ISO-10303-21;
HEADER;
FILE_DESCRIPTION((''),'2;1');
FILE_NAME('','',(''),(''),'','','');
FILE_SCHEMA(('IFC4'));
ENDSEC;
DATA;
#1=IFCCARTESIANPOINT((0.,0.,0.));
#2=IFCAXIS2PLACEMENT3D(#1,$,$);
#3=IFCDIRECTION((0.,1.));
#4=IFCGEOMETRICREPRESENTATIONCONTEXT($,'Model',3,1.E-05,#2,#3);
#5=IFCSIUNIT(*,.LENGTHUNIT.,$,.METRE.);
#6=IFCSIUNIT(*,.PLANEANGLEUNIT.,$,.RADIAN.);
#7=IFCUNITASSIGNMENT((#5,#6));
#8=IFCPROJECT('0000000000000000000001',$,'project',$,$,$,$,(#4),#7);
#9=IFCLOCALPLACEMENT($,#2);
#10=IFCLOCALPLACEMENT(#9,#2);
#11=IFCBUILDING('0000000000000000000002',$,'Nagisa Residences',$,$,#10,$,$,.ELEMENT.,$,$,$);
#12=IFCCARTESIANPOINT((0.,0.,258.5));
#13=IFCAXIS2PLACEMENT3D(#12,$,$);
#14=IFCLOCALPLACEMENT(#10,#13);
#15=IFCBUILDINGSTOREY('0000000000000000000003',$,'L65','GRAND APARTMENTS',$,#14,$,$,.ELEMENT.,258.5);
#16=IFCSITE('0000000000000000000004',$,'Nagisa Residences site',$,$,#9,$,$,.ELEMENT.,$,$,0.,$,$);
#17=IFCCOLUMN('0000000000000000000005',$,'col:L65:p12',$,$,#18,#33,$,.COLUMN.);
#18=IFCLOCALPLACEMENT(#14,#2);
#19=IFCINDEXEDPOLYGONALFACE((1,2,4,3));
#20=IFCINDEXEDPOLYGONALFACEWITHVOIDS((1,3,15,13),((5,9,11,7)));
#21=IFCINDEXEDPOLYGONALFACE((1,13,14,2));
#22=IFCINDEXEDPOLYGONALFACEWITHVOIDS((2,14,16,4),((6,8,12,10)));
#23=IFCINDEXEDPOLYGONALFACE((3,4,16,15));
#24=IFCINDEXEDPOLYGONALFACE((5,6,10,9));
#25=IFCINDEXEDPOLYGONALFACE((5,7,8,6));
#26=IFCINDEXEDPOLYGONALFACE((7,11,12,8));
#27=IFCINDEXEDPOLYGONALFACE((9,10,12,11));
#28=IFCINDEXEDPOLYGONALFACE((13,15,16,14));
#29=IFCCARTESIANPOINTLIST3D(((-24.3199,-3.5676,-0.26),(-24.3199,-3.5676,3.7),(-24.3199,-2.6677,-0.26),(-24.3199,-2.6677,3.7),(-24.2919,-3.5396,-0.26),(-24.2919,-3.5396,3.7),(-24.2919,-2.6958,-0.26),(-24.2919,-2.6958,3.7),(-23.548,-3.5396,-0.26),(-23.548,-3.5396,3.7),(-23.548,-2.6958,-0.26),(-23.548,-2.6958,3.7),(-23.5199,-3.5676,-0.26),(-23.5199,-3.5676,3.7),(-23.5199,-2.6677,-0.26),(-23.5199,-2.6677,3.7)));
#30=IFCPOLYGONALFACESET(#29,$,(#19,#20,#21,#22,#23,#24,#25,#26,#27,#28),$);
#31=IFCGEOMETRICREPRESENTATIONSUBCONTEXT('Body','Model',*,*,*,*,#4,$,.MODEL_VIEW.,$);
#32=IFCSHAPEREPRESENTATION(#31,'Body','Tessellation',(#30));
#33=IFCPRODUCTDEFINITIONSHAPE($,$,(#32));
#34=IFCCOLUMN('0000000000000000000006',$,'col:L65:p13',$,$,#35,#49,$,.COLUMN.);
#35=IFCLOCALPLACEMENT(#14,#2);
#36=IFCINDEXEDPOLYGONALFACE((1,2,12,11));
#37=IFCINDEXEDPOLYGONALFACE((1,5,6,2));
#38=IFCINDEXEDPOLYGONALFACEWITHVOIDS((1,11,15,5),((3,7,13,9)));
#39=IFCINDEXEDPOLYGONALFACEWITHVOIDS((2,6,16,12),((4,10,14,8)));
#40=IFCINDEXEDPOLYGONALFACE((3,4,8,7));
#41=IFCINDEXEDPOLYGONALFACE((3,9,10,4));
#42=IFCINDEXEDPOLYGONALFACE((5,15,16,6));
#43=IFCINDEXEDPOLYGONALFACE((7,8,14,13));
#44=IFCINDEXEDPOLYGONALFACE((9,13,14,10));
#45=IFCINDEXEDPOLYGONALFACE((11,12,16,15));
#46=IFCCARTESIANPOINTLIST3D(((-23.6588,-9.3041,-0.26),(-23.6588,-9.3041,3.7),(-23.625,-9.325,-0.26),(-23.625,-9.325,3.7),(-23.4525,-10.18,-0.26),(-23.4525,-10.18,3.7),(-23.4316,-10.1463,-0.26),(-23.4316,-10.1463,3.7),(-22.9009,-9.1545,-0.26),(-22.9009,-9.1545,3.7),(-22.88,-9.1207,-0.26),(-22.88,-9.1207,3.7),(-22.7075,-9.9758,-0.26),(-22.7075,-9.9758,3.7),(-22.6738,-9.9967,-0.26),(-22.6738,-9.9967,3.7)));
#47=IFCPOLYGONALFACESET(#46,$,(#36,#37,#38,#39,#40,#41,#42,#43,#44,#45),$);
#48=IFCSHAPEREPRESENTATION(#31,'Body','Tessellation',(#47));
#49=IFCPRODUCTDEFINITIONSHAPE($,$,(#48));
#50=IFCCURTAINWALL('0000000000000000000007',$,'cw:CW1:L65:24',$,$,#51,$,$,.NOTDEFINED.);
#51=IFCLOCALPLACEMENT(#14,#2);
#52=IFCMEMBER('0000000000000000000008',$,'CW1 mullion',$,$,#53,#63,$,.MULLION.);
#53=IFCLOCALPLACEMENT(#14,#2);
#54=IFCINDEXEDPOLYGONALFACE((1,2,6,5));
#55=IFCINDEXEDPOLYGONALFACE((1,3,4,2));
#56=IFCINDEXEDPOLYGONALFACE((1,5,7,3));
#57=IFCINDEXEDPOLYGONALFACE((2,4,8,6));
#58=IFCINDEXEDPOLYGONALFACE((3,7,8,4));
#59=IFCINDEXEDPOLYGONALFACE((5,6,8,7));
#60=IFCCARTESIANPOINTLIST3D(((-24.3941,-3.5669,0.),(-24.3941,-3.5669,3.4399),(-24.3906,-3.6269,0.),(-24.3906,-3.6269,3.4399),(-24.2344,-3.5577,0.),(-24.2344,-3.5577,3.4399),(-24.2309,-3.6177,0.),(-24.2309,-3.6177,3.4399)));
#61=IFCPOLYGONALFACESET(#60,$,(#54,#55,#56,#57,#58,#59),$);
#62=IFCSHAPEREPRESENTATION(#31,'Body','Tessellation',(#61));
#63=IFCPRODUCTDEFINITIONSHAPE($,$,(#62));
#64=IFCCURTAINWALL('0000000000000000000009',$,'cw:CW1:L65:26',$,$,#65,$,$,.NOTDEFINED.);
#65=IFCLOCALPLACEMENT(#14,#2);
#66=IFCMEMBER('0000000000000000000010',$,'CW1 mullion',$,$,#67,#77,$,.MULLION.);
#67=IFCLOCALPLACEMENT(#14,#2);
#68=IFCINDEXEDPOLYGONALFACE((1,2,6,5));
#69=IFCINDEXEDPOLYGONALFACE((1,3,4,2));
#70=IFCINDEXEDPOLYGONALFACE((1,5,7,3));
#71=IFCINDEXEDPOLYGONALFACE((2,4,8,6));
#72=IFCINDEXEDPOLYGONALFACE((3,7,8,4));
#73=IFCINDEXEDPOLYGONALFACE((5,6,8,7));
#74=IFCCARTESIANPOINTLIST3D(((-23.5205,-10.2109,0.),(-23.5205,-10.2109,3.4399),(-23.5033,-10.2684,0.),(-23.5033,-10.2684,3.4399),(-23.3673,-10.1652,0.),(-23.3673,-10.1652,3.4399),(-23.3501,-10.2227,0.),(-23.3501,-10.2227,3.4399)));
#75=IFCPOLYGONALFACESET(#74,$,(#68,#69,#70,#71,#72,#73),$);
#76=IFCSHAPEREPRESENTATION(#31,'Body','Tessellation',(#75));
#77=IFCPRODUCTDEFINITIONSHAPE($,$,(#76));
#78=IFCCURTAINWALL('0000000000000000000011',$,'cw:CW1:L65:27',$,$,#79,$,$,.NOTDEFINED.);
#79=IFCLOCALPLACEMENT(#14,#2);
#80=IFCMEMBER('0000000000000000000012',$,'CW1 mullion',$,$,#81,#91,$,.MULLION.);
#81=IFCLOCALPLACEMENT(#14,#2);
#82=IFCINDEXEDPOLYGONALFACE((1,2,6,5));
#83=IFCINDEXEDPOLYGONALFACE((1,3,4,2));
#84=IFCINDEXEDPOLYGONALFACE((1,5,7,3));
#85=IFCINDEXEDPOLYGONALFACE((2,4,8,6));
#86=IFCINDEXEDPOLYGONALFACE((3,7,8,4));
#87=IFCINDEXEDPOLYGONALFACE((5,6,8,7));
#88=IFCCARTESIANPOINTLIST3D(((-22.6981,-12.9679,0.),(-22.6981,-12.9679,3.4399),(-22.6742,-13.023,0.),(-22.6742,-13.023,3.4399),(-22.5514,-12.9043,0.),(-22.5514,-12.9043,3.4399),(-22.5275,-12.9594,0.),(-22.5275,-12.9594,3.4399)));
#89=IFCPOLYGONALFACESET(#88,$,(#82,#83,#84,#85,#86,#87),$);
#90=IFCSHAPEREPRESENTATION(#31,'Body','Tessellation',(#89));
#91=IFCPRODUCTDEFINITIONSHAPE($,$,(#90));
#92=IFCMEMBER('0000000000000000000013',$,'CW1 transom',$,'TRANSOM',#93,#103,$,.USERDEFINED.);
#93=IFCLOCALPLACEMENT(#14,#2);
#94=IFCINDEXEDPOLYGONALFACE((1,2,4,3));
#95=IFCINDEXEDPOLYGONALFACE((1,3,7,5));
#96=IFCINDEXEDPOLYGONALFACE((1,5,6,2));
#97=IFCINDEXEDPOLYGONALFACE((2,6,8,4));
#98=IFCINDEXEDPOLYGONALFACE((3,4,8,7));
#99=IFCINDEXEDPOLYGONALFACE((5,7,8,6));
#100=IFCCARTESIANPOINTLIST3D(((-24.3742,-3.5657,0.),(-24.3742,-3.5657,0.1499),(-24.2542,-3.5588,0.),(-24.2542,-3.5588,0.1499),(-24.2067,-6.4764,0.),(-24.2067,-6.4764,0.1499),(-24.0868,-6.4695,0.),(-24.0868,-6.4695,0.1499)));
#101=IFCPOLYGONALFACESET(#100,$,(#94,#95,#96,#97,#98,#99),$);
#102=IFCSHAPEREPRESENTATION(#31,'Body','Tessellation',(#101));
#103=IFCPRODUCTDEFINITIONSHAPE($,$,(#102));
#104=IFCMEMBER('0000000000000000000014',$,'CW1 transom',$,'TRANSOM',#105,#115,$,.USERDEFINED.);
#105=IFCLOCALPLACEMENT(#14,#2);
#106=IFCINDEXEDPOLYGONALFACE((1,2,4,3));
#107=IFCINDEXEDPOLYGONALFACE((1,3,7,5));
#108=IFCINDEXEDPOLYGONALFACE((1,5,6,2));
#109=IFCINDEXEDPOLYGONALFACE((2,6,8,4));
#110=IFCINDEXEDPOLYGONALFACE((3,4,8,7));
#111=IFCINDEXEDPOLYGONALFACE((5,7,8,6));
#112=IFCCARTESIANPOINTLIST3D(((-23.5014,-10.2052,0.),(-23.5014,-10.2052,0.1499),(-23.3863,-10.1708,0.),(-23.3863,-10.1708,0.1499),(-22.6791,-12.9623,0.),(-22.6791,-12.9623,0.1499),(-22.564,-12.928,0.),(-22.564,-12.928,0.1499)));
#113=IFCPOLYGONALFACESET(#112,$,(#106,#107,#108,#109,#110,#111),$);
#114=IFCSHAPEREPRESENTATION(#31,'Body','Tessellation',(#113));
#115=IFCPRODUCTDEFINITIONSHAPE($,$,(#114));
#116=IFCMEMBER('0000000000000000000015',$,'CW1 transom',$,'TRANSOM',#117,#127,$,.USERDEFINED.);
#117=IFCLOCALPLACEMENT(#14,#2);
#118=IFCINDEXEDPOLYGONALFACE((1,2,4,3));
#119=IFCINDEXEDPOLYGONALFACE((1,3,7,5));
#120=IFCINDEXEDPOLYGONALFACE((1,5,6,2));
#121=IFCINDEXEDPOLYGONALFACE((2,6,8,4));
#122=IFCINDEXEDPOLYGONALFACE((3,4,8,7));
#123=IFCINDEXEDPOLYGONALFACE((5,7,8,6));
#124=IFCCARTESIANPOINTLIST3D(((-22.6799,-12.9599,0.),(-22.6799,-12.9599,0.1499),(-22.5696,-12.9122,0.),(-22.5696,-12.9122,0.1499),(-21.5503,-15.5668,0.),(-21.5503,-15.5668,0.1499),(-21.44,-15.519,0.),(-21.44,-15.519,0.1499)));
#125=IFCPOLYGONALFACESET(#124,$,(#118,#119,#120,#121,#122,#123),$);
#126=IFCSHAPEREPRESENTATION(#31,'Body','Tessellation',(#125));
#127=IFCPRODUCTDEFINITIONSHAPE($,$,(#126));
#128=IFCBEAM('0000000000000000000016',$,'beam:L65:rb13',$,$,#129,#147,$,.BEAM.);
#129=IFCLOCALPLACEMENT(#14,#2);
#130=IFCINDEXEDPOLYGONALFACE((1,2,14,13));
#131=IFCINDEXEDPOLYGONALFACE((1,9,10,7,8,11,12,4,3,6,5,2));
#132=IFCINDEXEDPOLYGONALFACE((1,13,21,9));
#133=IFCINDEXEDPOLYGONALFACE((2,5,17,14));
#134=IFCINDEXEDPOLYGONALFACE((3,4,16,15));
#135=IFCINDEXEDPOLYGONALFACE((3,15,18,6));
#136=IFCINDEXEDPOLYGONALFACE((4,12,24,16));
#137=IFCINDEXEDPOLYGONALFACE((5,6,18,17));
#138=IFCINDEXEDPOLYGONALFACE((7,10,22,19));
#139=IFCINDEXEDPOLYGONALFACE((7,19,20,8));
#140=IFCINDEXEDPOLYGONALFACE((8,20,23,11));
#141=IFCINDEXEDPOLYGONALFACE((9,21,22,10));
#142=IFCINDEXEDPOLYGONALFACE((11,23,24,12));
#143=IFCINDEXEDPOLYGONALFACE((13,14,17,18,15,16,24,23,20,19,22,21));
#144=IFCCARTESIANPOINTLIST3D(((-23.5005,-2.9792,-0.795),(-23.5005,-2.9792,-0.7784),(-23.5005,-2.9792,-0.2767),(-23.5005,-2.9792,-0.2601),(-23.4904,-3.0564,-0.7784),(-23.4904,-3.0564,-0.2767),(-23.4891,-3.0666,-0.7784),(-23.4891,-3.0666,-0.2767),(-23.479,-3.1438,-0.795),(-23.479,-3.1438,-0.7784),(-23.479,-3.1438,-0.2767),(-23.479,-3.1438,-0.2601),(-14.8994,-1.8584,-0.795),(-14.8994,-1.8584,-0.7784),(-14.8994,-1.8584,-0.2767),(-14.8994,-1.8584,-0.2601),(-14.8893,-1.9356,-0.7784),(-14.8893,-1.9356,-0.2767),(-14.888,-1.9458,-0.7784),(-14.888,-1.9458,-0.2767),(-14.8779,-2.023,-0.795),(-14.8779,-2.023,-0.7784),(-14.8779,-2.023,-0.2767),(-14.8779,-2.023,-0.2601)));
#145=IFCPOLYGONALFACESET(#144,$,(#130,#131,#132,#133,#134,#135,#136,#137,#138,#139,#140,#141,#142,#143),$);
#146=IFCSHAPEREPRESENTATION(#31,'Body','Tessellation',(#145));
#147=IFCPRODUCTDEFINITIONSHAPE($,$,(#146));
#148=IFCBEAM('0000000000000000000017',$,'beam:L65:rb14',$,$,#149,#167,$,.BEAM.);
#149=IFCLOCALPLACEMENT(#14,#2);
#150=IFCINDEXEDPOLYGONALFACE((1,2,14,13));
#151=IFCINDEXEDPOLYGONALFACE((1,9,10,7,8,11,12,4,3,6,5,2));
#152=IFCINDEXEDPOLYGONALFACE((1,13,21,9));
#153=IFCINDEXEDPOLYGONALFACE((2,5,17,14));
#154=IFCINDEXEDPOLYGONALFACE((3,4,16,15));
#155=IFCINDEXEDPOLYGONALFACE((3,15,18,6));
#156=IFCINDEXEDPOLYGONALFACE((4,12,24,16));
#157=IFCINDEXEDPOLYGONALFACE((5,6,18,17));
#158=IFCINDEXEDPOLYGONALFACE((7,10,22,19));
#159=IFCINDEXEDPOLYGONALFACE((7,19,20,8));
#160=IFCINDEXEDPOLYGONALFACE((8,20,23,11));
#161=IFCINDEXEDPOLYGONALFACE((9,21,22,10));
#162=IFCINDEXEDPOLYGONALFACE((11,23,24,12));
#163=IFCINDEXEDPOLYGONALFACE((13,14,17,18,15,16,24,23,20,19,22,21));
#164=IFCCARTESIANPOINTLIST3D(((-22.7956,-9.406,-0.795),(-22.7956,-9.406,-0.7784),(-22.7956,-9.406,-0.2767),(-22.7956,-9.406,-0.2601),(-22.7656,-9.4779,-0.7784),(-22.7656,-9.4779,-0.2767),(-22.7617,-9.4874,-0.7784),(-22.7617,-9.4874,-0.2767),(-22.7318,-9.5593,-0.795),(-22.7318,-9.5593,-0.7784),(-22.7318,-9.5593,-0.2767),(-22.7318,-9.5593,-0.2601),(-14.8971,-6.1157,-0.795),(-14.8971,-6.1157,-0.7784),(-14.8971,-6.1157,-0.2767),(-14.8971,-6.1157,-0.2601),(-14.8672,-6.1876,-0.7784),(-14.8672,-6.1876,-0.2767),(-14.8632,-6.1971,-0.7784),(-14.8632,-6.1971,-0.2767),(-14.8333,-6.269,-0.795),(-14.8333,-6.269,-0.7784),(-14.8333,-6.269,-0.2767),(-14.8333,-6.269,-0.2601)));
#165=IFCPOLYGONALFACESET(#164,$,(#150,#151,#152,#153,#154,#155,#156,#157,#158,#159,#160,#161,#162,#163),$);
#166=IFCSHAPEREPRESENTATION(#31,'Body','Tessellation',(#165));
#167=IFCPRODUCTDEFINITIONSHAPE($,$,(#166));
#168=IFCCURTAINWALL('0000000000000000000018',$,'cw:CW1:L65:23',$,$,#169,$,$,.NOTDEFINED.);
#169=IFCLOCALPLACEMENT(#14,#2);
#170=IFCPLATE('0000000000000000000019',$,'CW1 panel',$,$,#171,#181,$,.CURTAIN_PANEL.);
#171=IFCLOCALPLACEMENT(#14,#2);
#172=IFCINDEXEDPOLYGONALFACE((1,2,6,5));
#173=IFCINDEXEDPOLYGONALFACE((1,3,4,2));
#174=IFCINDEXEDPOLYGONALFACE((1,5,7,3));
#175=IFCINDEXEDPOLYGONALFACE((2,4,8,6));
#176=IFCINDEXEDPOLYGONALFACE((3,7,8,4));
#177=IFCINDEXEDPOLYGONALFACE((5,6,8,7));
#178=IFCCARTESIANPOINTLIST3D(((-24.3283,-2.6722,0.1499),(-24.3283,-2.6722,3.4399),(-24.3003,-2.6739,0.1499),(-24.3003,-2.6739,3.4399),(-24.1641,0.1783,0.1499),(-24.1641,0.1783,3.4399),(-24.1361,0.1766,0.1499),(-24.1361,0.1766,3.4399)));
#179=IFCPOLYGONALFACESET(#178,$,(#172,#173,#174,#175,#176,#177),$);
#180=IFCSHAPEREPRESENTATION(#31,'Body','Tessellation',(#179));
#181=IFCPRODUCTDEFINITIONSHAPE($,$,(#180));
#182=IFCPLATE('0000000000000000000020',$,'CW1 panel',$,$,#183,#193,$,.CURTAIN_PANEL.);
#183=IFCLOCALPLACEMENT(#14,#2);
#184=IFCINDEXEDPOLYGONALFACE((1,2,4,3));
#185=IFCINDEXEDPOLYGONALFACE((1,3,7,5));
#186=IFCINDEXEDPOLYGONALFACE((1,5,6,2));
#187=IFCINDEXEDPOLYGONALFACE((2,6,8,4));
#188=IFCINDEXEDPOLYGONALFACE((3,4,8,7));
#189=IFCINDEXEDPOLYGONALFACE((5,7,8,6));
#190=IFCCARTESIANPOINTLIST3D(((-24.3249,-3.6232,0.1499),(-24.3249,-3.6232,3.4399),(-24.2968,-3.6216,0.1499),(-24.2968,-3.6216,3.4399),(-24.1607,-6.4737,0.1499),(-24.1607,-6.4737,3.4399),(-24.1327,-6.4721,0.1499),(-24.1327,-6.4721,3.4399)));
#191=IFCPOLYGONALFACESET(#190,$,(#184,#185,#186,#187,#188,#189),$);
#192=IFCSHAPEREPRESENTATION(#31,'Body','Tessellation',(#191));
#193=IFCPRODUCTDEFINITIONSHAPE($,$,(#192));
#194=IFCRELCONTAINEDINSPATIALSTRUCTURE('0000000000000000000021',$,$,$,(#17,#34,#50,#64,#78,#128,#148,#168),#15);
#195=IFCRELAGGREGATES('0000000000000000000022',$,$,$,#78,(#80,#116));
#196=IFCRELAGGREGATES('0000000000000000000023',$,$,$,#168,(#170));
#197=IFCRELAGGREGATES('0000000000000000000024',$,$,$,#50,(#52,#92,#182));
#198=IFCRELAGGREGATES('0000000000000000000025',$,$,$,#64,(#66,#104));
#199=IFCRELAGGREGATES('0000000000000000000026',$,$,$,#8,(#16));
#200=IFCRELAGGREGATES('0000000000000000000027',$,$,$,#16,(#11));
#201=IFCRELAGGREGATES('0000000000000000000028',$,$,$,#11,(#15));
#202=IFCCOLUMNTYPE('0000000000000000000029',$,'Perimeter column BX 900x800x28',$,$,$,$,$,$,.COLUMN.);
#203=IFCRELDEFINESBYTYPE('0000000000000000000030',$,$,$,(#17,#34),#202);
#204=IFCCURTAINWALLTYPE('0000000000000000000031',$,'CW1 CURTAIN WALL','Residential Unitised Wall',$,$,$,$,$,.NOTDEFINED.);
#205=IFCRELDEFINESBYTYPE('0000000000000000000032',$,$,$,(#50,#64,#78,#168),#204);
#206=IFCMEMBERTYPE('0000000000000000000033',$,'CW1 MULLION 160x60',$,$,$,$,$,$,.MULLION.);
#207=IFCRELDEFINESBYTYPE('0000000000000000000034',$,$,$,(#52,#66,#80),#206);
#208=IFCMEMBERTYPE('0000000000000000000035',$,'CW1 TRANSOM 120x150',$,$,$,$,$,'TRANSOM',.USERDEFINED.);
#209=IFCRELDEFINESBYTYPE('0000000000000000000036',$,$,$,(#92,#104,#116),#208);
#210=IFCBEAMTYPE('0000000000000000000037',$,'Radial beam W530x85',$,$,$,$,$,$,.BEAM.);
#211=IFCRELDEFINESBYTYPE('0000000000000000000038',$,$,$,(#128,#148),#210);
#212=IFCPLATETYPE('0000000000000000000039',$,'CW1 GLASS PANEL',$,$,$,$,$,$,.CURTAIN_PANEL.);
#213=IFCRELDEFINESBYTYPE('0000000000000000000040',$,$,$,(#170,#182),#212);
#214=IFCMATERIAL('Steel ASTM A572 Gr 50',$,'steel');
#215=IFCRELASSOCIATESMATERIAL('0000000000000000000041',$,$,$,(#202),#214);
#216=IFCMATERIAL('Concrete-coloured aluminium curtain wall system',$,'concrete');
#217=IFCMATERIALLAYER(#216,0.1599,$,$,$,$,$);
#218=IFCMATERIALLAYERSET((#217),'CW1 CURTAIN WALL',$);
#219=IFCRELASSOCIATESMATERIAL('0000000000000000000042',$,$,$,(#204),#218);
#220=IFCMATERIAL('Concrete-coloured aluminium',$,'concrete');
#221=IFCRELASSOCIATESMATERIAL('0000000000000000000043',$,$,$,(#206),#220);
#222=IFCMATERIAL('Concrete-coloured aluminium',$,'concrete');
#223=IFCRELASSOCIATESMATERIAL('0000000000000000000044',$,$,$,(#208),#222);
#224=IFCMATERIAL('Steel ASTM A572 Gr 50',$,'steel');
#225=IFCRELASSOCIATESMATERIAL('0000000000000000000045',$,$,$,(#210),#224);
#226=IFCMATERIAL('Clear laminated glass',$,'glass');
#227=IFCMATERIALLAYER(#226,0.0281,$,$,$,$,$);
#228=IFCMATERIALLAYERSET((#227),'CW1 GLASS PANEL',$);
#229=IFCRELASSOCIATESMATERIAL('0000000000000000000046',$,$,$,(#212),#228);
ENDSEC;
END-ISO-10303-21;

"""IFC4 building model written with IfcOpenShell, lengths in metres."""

from ifc_helpers import new_model, si_unit, direction, frame, origin, origin_2d, place, context, subcontext, project, spatial, rectangle, hollow_rectangle, i_section, extrude, material, layer, layer_set, material_profile, profile_set, type_object, element, aggregate, save


model = new_model("IFC4")

# Units and contexts
model_context = context("Model", 3, precision=1e-05, world=origin(), true_north=direction((0.0, 1.0)))
body_context = subcontext(model_context, "Body", "Model", "MODEL_VIEW")
ifc_project = project(units=[si_unit("LENGTHUNIT", "METRE"), si_unit("PLANEANGLEUNIT", "RADIAN")], contexts=[model_context])

# Site, building, storey
site_placement = place(None, origin())
site = spatial("IfcSite", under=ifc_project, at=site_placement, Name="Nagisa Residences site", CompositionType="ELEMENT", RefElevation=0.0)
building_placement = place(site_placement, origin())
building = spatial("IfcBuilding", under=site, at=building_placement, Name="Nagisa Residences", CompositionType="ELEMENT")
storey_placement = place(building_placement, frame((0.0, 0.0, 258.5)))
storey = spatial("IfcBuildingStorey", under=building, at=storey_placement, Name="L65", Description="GRAND APARTMENTS", CompositionType="ELEMENT", Elevation=258.5)

# Columns
ifc_material_1 = material(Name="Steel ASTM A572 Gr 50", Category="steel")
ifc_material_profile_1 = material_profile(ifc_material_1, hollow_rectangle(XDim=0.8999, YDim=0.8, WallThickness=0.0281, at=origin_2d()), Name="BX 900x800x28")
ifc_profile_set_1 = profile_set([ifc_material_profile_1], Name="Steel ASTM A572 Gr 50")
column_type = type_object("IfcColumnType", Name="Perimeter column BX 900x800x28", PredefinedType="COLUMN", material=ifc_profile_set_1)
for number, where, z_axis, x_axis, name in (
    (1, (-23.9199, -3.1177, -0.26), (0.0, 0.0, 1.0), (0.0, -1.0, 0.0), "col:L65:p12"),
    (2, (-23.1663, -9.6504, -0.26), (0.0, 0.0, 1.0), (0.229202, -0.973379, 0.0), "col:L65:p13"),
):
    element("IfcColumn", number, at=place(storey_placement, frame(where, z_axis=z_axis, x_axis=x_axis)), inside=storey, type_object=column_type, Name=name, PredefinedType="COLUMN", context=body_context, shape_type="SweptSolid", body=[
        extrude(hollow_rectangle(XDim=0.8999, YDim=0.8, WallThickness=0.0281, at=origin_2d()), origin(), (0.0, 0.0, 1.0), 3.96),
    ])

# Curtain walls, members
ifc_material_2 = material(Name="Concrete-coloured aluminium curtain wall system", Category="concrete")
ifc_layer_1 = layer(ifc_material_2, 0.1599)
ifc_layer_set_1 = layer_set([ifc_layer_1], Name="CW1 CURTAIN WALL")
curtain_wall_type = type_object("IfcCurtainWallType", Name="CW1 CURTAIN WALL", Description="Residential Unitised Wall", PredefinedType="NOTDEFINED", material=ifc_layer_set_1)
curtain_wall_1_placement = place(storey_placement, origin())
curtain_wall_1 = element("IfcCurtainWall", 3, at=curtain_wall_1_placement, inside=storey, type_object=curtain_wall_type, Name="cw:CW1:L65:24", PredefinedType="NOTDEFINED")
ifc_material_3 = material(Name="Concrete-coloured aluminium", Category="concrete")
ifc_material_profile_2 = material_profile(ifc_material_3, rectangle(XDim=0.1599, YDim=0.0601, at=origin_2d()), Name="CW1 MULLION 160x60")
ifc_profile_set_2 = profile_set([ifc_material_profile_2], Name="Concrete-coloured aluminium")
member_type_1 = type_object("IfcMemberType", Name="CW1 MULLION 160x60", PredefinedType="MULLION", material=ifc_profile_set_2)
member_1_placement = place(storey_placement, frame((-24.3125, -3.5923, 0.0), z_axis=(0.0, 0.0, 1.0), x_axis=(0.998345, 0.057503, 0.0)))
member_1 = element("IfcMember", 4, at=member_1_placement, type_object=member_type_1, Name="CW1 mullion", PredefinedType="MULLION", context=body_context, shape_type="SweptSolid", body=[
    extrude(rectangle(XDim=0.1599, YDim=0.0601, at=origin_2d()), origin(), (0.0, 0.0, 1.0), 3.4399),
])
curtain_wall_2_placement = place(storey_placement, origin())
curtain_wall_2 = element("IfcCurtainWall", 5, at=curtain_wall_2_placement, inside=storey, type_object=curtain_wall_type, Name="cw:CW1:L65:26", PredefinedType="NOTDEFINED")
member_2_placement = place(storey_placement, frame((-23.4353, -10.2168, 0.0), z_axis=(0.0, 0.0, 1.0), x_axis=(0.958271, 0.28586, 0.0)))
member_2 = element("IfcMember", 6, at=member_2_placement, type_object=member_type_1, Name="CW1 mullion", PredefinedType="MULLION", context=body_context, shape_type="SweptSolid", body=[
    extrude(rectangle(XDim=0.1599, YDim=0.0601, at=origin_2d()), origin(), (0.0, 0.0, 1.0), 3.4399),
])
curtain_wall_3_placement = place(storey_placement, origin())
curtain_wall_3 = element("IfcCurtainWall", 7, at=curtain_wall_3_placement, inside=storey, type_object=curtain_wall_type, Name="cw:CW1:L65:27", PredefinedType="NOTDEFINED")
member_3_placement = place(storey_placement, frame((-22.6128, -12.9636, 0.0), z_axis=(0.0, 0.0, 1.0), x_axis=(0.917543, 0.397636, 0.0)))
member_3 = element("IfcMember", 8, at=member_3_placement, type_object=member_type_1, Name="CW1 mullion", PredefinedType="MULLION", context=body_context, shape_type="SweptSolid", body=[
    extrude(rectangle(XDim=0.1599, YDim=0.0601, at=origin_2d()), origin(), (0.0, 0.0, 1.0), 3.4399),
])

# Members
ifc_material_4 = material(Name="Concrete-coloured aluminium", Category="concrete")
ifc_material_profile_3 = material_profile(ifc_material_4, rectangle(XDim=0.1201, YDim=0.1499, at=origin_2d()), Name="CW1 TRANSOM 120x150")
ifc_profile_set_3 = profile_set([ifc_material_profile_3], Name="Concrete-coloured aluminium")
member_type_2 = type_object("IfcMemberType", Name="CW1 TRANSOM 120x150", ElementType="TRANSOM", PredefinedType="USERDEFINED", material=ifc_profile_set_3)
member_4_placement = place(storey_placement, frame((-24.3142, -3.5623, 0.075), z_axis=(0.057446, -0.998349, 0.0), x_axis=(0.998349, 0.057446, 0.0)))
member_4 = element("IfcMember", 9, at=member_4_placement, type_object=member_type_2, Name="CW1 transom", ObjectType="TRANSOM", PredefinedType="USERDEFINED", context=body_context, shape_type="SweptSolid", body=[
    extrude(rectangle(XDim=0.1201, YDim=0.1499, at=origin_2d()), origin(), (0.0, 0.0, 1.0), 2.9155),
])
member_5_placement = place(storey_placement, frame((-23.4438, -10.188, 0.075), z_axis=(0.285798, -0.95829, 0.0), x_axis=(0.95829, 0.285798, 0.0)))
member_5 = element("IfcMember", 10, at=member_5_placement, type_object=member_type_2, Name="CW1 transom", ObjectType="TRANSOM", PredefinedType="USERDEFINED", context=body_context, shape_type="SweptSolid", body=[
    extrude(rectangle(XDim=0.1201, YDim=0.1499, at=origin_2d()), origin(), (0.0, 0.0, 1.0), 2.8772),
])
member_6_placement = place(storey_placement, frame((-22.6248, -12.936, 0.075), z_axis=(0.397598, -0.91756, 0.0), x_axis=(0.91756, 0.397598, 0.0)))
member_6 = element("IfcMember", 11, at=member_6_placement, type_object=member_type_2, Name="CW1 transom", ObjectType="TRANSOM", PredefinedType="USERDEFINED", context=body_context, shape_type="SweptSolid", body=[
    extrude(rectangle(XDim=0.1201, YDim=0.1499, at=origin_2d()), origin(), (0.0, 0.0, 1.0), 2.8411),
])
aggregate(curtain_wall_3, [member_3, member_6])

# Beams
ifc_material_5 = material(Name="Steel ASTM A572 Gr 50", Category="steel")
ifc_material_profile_4 = material_profile(ifc_material_5, i_section(OverallWidth=0.166, OverallDepth=0.5349, WebThickness=0.0103, FlangeThickness=0.0166, at=origin_2d()), Name="W530x85")
ifc_profile_set_4 = profile_set([ifc_material_profile_4], Name="Steel ASTM A572 Gr 50")
beam_type = type_object("IfcBeamType", Name="Radial beam W530x85", PredefinedType="BEAM", material=ifc_profile_set_4)
beam_1_placement = place(storey_placement, frame((-23.4897, -3.0615, -0.5276), z_axis=(0.991616, 0.129222, 0.0), x_axis=(-0.129222, 0.991616, 0.0)))
element("IfcBeam", 12, at=beam_1_placement, inside=storey, type_object=beam_type, Name="beam:L65:rb13", PredefinedType="BEAM", context=body_context, shape_type="SweptSolid", body=[
    extrude(i_section(OverallWidth=0.166, OverallDepth=0.5349, WebThickness=0.0103, FlangeThickness=0.0166, at=origin_2d()), origin(), (0.0, 0.0, 1.0), 8.6738),
])
beam_2_placement = place(storey_placement, frame((-22.7637, -9.4827, -0.5276), z_axis=(0.923107, 0.384542, 0.0), x_axis=(-0.384542, 0.923107, 0.0)))
element("IfcBeam", 13, at=beam_2_placement, inside=storey, type_object=beam_type, Name="beam:L65:rb14", PredefinedType="BEAM", context=body_context, shape_type="SweptSolid", body=[
    extrude(i_section(OverallWidth=0.166, OverallDepth=0.5349, WebThickness=0.0103, FlangeThickness=0.0166, at=origin_2d()), origin(), (0.0, 0.0, 1.0), 8.5564),
])

# Curtain wall, plate
curtain_wall_4_placement = place(storey_placement, origin())
curtain_wall_4 = element("IfcCurtainWall", 14, at=curtain_wall_4_placement, inside=storey, type_object=curtain_wall_type, Name="cw:CW1:L65:23", PredefinedType="NOTDEFINED")
ifc_material_6 = material(Name="Clear laminated glass", Category="glass")
ifc_layer_2 = layer(ifc_material_6, 0.0281)
ifc_layer_set_2 = layer_set([ifc_layer_2], Name="CW1 GLASS PANEL")
plate_type = type_object("IfcPlateType", Name="CW1 GLASS PANEL", PredefinedType="CURTAIN_PANEL", material=ifc_layer_set_2)
plate_1_placement = place(storey_placement, frame((-24.2322, -1.2478, 0.1499), z_axis=(0.0, 0.0, 1.0), x_axis=(-0.057503, -0.998345, 0.0)))
plate_1 = element("IfcPlate", 15, at=plate_1_placement, type_object=plate_type, Name="CW1 panel", PredefinedType="CURTAIN_PANEL", context=body_context, shape_type="SweptSolid", body=[
    extrude(rectangle(XDim=2.8552, YDim=0.0281, at=origin_2d()), origin(), (0.0, 0.0, 1.0), 3.29),
])
aggregate(curtain_wall_4, [plate_1])

# Plate
plate_2_placement = place(storey_placement, frame((-24.2288, -5.0476, 0.1499), z_axis=(0.0, 0.0, 1.0), x_axis=(0.057503, -0.998345, 0.0)))
plate_2 = element("IfcPlate", 16, at=plate_2_placement, type_object=plate_type, Name="CW1 panel", PredefinedType="CURTAIN_PANEL", context=body_context, shape_type="SweptSolid", body=[
    extrude(rectangle(XDim=2.8552, YDim=0.0281, at=origin_2d()), origin(), (0.0, 0.0, 1.0), 3.29),
])
aggregate(curtain_wall_1, [member_1, member_4, plate_2])
aggregate(curtain_wall_2, [member_2, member_5])

save(model, "model.ifc")
